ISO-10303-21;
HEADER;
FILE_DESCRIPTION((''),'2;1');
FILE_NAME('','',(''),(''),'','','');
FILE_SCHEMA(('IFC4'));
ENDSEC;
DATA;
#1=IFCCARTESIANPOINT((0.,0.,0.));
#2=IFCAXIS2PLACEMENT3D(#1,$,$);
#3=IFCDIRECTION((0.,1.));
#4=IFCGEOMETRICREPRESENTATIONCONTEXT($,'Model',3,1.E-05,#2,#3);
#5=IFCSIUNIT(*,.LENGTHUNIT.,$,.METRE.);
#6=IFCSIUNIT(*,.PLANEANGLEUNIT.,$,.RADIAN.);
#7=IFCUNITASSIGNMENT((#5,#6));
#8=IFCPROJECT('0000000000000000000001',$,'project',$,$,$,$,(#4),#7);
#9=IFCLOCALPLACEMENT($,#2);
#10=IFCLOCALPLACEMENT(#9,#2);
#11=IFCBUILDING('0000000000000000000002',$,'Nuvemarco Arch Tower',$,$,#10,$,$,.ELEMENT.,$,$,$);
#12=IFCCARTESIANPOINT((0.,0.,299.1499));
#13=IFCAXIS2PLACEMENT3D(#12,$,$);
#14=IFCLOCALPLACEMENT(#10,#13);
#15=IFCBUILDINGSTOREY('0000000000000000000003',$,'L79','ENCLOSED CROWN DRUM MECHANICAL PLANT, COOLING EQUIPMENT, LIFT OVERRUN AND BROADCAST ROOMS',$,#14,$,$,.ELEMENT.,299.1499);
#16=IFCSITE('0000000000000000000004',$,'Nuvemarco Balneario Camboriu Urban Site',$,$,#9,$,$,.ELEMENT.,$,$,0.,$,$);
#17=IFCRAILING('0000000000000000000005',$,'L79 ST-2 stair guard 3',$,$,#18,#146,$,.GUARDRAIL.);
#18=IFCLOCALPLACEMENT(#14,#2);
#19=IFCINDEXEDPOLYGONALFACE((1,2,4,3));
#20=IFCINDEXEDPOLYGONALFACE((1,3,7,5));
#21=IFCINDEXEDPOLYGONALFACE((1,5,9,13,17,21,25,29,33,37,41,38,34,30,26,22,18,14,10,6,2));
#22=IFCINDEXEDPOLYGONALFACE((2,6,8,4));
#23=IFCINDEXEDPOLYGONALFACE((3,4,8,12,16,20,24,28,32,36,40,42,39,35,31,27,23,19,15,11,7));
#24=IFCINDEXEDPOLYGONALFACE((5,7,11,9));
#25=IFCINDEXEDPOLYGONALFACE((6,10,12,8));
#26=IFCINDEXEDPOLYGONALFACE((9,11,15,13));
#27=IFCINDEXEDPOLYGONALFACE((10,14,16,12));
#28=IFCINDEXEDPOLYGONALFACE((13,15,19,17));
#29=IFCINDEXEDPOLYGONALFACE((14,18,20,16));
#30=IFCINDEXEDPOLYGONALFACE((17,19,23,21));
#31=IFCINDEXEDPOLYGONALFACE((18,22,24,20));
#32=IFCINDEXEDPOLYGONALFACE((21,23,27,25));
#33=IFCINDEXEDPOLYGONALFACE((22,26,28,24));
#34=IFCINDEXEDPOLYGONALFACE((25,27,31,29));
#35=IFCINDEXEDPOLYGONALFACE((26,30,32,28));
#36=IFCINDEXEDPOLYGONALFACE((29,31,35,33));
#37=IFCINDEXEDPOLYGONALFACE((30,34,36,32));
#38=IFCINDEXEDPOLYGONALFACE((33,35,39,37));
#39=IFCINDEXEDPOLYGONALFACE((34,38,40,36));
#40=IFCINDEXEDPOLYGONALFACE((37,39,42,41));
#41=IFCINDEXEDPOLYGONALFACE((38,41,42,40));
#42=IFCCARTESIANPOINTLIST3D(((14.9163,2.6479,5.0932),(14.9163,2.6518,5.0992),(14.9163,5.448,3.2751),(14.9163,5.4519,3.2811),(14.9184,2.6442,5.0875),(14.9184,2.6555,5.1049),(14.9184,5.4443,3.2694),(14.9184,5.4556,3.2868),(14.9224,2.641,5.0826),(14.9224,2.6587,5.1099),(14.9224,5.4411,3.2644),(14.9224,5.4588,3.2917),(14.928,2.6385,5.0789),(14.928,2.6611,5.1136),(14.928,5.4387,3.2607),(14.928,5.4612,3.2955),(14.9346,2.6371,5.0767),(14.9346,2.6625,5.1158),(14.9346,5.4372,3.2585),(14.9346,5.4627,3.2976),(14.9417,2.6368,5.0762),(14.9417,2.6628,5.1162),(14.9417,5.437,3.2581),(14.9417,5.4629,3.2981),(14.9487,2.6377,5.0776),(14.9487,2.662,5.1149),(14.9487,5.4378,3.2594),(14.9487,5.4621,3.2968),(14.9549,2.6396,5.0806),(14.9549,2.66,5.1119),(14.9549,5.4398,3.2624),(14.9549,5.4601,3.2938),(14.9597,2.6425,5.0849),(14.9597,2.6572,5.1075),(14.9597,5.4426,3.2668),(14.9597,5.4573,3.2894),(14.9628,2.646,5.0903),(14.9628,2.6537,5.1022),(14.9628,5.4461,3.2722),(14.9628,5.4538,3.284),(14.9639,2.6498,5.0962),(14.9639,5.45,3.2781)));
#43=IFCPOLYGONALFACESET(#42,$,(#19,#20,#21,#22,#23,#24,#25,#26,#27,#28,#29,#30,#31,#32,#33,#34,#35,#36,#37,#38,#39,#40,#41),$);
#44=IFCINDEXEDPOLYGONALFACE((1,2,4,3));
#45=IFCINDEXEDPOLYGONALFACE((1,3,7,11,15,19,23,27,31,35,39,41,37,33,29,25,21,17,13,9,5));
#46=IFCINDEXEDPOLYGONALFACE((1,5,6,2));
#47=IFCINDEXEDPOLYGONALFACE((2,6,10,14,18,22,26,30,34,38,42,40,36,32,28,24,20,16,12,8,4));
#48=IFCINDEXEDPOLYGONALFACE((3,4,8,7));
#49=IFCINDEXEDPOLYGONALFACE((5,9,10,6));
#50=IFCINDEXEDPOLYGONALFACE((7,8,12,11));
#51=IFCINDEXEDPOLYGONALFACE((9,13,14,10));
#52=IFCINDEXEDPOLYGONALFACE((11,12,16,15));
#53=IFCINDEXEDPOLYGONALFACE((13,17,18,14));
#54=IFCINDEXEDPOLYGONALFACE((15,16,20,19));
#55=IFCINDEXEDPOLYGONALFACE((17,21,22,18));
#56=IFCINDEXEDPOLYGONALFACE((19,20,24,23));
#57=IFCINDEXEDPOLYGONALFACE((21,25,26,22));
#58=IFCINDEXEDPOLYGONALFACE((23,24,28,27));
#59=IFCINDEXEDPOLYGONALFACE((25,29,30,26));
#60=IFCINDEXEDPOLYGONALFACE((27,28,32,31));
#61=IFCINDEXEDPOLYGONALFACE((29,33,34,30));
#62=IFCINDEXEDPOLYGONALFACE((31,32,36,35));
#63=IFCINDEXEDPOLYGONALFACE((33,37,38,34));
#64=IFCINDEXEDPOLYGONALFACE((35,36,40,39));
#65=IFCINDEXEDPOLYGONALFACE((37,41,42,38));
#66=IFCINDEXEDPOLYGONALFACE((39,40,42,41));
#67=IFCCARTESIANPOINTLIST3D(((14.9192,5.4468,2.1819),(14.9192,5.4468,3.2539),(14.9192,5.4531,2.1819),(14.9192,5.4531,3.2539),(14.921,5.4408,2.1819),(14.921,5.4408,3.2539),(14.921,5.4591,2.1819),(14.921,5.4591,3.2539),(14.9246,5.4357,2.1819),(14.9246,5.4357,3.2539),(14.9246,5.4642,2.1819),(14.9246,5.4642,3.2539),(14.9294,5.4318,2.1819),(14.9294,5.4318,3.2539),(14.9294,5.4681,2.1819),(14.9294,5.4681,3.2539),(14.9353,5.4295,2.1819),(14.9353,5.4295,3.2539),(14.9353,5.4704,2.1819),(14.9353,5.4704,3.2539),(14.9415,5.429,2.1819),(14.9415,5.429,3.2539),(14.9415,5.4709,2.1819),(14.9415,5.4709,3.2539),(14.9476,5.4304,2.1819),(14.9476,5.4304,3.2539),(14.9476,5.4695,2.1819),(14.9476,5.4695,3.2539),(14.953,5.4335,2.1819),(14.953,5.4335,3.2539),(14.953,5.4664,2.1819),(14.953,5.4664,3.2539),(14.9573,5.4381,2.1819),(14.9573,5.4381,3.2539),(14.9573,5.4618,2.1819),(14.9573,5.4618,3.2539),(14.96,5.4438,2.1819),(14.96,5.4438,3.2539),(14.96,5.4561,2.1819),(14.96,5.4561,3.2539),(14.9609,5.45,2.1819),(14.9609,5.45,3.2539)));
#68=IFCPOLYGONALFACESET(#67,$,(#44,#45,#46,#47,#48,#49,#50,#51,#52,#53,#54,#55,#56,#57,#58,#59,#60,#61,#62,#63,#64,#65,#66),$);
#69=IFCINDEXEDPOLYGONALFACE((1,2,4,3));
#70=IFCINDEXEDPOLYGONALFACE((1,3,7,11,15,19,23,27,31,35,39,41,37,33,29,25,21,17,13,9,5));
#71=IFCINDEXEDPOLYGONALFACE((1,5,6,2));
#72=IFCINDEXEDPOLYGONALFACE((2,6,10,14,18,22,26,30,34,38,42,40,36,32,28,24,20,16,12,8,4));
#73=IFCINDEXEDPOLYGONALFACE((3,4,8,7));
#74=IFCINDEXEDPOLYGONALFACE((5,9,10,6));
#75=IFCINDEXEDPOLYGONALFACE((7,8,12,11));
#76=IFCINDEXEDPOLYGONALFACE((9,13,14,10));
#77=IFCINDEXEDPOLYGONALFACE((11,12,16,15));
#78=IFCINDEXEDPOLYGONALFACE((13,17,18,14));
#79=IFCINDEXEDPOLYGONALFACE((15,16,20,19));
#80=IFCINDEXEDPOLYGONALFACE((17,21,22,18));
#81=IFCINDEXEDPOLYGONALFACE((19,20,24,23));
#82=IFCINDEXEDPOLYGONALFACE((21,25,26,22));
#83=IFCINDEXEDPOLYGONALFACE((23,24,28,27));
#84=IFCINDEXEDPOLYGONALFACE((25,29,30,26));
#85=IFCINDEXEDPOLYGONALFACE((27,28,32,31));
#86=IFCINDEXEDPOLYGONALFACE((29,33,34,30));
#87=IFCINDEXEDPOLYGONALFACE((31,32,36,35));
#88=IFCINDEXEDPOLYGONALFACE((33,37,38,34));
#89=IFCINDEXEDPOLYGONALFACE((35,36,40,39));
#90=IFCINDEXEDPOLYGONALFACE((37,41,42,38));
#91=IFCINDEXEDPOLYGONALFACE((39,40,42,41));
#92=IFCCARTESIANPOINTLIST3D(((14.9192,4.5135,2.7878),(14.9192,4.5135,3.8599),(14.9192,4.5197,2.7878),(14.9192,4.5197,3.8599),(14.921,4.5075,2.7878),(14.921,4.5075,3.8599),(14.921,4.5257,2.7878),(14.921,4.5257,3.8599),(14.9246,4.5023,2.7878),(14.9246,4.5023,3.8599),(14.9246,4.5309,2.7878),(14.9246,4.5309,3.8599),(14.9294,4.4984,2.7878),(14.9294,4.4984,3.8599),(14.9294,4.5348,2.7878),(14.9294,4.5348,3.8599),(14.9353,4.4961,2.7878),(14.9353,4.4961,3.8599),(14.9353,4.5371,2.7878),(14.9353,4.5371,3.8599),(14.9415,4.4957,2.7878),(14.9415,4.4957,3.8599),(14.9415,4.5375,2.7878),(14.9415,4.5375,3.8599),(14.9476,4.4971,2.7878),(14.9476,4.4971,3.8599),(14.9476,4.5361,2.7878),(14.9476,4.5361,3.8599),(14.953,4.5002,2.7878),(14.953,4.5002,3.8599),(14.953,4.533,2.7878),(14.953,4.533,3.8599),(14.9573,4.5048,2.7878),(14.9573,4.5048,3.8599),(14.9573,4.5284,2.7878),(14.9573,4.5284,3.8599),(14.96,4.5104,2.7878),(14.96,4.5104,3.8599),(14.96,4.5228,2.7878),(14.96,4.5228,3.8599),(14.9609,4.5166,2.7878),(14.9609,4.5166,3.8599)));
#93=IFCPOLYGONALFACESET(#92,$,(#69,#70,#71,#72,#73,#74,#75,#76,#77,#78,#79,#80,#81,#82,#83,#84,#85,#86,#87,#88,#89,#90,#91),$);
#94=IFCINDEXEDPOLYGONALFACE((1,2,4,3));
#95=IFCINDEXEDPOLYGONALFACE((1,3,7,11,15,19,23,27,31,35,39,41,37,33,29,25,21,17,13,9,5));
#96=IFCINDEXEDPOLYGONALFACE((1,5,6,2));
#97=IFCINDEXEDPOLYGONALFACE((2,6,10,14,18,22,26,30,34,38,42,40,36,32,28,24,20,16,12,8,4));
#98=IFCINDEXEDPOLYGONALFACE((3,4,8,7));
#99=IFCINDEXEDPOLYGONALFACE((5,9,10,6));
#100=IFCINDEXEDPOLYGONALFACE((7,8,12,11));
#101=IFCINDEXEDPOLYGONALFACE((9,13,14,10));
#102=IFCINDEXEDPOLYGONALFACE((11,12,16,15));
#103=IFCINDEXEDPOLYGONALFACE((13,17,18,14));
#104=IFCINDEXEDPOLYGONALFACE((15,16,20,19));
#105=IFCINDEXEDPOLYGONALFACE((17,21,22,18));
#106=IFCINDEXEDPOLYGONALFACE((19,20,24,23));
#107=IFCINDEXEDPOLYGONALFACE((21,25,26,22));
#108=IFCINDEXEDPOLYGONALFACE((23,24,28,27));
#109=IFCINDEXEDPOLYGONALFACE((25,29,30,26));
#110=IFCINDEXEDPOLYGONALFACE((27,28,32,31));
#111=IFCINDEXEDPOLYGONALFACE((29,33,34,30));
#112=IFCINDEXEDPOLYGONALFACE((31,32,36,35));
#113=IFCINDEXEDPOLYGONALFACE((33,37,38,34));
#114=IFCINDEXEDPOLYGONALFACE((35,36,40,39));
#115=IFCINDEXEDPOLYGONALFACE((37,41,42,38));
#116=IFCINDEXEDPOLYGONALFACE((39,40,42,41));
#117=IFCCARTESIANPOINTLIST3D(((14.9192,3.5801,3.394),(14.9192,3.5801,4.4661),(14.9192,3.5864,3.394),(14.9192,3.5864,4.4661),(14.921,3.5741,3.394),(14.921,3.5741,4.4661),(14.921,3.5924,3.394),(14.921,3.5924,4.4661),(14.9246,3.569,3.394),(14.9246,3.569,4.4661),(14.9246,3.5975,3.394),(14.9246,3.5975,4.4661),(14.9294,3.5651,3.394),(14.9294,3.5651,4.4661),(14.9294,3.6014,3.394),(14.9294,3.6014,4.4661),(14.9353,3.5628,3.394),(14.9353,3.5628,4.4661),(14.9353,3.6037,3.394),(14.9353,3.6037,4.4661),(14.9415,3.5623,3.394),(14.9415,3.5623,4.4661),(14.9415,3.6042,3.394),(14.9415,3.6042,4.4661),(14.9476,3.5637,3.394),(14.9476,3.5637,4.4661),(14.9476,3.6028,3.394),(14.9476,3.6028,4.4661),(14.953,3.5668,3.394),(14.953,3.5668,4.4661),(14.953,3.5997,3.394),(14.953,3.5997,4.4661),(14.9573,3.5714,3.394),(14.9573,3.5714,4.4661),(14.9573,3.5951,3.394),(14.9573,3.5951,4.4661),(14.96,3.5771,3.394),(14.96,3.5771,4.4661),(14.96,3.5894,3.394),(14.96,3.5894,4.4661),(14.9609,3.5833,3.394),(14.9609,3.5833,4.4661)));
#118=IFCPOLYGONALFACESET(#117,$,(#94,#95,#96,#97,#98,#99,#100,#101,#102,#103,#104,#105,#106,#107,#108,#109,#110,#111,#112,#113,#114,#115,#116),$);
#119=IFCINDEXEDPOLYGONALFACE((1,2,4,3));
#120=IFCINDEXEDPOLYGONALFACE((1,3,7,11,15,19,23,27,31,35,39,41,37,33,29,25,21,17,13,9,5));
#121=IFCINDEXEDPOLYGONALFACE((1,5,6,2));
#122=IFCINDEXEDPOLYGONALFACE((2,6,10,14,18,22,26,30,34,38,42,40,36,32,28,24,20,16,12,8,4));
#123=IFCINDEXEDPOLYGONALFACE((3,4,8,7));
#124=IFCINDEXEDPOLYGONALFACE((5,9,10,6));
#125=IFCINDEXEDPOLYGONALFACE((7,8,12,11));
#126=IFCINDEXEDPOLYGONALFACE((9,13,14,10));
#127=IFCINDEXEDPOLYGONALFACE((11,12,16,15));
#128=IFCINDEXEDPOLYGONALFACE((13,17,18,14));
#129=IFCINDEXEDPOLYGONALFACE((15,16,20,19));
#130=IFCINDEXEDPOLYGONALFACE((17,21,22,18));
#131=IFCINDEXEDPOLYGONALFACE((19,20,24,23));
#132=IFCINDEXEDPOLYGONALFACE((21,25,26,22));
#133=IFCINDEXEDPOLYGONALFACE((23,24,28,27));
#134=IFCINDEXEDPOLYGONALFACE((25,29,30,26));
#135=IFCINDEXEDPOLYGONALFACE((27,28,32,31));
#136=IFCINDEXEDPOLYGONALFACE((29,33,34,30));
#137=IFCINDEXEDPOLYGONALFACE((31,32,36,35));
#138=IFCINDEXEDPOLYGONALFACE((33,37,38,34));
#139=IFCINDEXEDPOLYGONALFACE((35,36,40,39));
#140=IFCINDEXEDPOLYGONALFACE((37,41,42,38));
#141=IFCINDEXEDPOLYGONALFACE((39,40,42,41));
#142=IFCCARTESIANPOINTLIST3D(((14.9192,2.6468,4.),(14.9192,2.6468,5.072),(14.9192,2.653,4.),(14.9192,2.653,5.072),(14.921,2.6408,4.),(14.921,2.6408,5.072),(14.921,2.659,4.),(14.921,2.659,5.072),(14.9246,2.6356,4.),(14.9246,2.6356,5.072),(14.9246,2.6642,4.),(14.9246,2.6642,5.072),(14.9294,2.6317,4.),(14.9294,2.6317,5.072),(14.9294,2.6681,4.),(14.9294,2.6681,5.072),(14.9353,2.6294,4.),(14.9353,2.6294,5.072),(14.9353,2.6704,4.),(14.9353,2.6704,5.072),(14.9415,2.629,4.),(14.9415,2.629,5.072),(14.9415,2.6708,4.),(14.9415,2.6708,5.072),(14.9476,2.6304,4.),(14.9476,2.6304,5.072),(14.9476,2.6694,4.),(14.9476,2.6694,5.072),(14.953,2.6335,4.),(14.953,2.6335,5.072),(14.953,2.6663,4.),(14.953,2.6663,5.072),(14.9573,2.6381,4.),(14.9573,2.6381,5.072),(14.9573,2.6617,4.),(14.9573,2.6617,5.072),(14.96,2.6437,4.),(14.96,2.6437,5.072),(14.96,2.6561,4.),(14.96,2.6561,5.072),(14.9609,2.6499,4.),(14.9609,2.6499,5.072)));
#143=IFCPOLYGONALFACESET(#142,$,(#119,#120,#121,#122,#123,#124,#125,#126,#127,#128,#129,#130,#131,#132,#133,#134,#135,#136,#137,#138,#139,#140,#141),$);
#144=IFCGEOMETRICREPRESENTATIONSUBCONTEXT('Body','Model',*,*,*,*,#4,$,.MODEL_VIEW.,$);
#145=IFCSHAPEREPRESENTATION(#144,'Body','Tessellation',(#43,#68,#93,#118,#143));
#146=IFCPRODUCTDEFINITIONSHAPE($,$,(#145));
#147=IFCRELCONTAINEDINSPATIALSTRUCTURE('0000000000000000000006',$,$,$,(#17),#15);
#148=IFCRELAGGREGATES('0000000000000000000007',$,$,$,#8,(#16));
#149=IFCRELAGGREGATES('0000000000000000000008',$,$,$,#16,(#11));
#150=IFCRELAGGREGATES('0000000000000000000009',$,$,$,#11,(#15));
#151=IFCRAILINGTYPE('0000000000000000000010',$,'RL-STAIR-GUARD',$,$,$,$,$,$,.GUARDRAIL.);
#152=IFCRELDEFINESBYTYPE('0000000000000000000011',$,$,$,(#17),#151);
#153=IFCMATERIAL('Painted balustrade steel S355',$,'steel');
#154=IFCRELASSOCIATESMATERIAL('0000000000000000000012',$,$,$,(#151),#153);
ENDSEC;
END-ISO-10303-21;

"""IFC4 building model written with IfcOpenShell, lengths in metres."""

from ifc_helpers import new_model, si_unit, direction, frame, origin, origin_2d, place, context, subcontext, project, spatial, circle, extrude, material, type_object, element, save


model = new_model("IFC4")

# Units and contexts
model_context = context("Model", 3, precision=1e-05, world=origin(), true_north=direction((0.0, 1.0)))
body_context = subcontext(model_context, "Body", "Model", "MODEL_VIEW")
ifc_project = project(units=[si_unit("LENGTHUNIT", "METRE"), si_unit("PLANEANGLEUNIT", "RADIAN")], contexts=[model_context])

# Site, building, storey
site_placement = place(None, origin())
site = spatial("IfcSite", under=ifc_project, at=site_placement, Name="Nuvemarco Balneario Camboriu Urban Site", CompositionType="ELEMENT", RefElevation=0.0)
building_placement = place(site_placement, origin())
building = spatial("IfcBuilding", under=site, at=building_placement, Name="Nuvemarco Arch Tower", CompositionType="ELEMENT")
storey_placement = place(building_placement, frame((0.0, 0.0, 299.1499)))
storey = spatial("IfcBuildingStorey", under=building, at=storey_placement, Name="L79", Description="ENCLOSED CROWN DRUM MECHANICAL PLANT, COOLING EQUIPMENT, LIFT OVERRUN AND BROADCAST ROOMS", CompositionType="ELEMENT", Elevation=299.1499)

# Railing
ifc_material_1 = material(Name="Painted balustrade steel S355", Category="steel")
railing_type_1 = type_object("IfcRailingType", Name="RL-STAIR-GUARD", PredefinedType="GUARDRAIL", material=ifc_material_1)
railing_1_placement = place(storey_placement, frame((14.9399, 5.45, 2.1819)))
element("IfcRailing", 1, at=railing_1_placement, inside=storey, type_object=railing_type_1, Name="L79 ST-2 stair guard 3", PredefinedType="GUARDRAIL", context=body_context, shape_type="SweptSolid", body=[
    extrude(circle(Radius=0.0239, at=origin_2d()), frame((0.0, 0.0, 1.0962), z_axis=(0.0, -0.838706, 0.544585), x_axis=(1.0, 0.0, 0.0)), (0.0, 0.0, 1.0), 3.3386),
    extrude(circle(Radius=0.021, at=origin_2d()), origin(), (0.0, 0.0, 1.0), 1.072),
    extrude(circle(Radius=0.021, at=origin_2d()), frame((0.0, -0.9333, 0.606)), (0.0, 0.0, 1.0), 1.072),
    extrude(circle(Radius=0.021, at=origin_2d()), frame((0.0, -1.8667, 1.2122)), (0.0, 0.0, 1.0), 1.072),
    extrude(circle(Radius=0.021, at=origin_2d()), frame((0.0, -2.8, 1.8181)), (0.0, 0.0, 1.0), 1.072),
])

save(model, "model.ifc")
